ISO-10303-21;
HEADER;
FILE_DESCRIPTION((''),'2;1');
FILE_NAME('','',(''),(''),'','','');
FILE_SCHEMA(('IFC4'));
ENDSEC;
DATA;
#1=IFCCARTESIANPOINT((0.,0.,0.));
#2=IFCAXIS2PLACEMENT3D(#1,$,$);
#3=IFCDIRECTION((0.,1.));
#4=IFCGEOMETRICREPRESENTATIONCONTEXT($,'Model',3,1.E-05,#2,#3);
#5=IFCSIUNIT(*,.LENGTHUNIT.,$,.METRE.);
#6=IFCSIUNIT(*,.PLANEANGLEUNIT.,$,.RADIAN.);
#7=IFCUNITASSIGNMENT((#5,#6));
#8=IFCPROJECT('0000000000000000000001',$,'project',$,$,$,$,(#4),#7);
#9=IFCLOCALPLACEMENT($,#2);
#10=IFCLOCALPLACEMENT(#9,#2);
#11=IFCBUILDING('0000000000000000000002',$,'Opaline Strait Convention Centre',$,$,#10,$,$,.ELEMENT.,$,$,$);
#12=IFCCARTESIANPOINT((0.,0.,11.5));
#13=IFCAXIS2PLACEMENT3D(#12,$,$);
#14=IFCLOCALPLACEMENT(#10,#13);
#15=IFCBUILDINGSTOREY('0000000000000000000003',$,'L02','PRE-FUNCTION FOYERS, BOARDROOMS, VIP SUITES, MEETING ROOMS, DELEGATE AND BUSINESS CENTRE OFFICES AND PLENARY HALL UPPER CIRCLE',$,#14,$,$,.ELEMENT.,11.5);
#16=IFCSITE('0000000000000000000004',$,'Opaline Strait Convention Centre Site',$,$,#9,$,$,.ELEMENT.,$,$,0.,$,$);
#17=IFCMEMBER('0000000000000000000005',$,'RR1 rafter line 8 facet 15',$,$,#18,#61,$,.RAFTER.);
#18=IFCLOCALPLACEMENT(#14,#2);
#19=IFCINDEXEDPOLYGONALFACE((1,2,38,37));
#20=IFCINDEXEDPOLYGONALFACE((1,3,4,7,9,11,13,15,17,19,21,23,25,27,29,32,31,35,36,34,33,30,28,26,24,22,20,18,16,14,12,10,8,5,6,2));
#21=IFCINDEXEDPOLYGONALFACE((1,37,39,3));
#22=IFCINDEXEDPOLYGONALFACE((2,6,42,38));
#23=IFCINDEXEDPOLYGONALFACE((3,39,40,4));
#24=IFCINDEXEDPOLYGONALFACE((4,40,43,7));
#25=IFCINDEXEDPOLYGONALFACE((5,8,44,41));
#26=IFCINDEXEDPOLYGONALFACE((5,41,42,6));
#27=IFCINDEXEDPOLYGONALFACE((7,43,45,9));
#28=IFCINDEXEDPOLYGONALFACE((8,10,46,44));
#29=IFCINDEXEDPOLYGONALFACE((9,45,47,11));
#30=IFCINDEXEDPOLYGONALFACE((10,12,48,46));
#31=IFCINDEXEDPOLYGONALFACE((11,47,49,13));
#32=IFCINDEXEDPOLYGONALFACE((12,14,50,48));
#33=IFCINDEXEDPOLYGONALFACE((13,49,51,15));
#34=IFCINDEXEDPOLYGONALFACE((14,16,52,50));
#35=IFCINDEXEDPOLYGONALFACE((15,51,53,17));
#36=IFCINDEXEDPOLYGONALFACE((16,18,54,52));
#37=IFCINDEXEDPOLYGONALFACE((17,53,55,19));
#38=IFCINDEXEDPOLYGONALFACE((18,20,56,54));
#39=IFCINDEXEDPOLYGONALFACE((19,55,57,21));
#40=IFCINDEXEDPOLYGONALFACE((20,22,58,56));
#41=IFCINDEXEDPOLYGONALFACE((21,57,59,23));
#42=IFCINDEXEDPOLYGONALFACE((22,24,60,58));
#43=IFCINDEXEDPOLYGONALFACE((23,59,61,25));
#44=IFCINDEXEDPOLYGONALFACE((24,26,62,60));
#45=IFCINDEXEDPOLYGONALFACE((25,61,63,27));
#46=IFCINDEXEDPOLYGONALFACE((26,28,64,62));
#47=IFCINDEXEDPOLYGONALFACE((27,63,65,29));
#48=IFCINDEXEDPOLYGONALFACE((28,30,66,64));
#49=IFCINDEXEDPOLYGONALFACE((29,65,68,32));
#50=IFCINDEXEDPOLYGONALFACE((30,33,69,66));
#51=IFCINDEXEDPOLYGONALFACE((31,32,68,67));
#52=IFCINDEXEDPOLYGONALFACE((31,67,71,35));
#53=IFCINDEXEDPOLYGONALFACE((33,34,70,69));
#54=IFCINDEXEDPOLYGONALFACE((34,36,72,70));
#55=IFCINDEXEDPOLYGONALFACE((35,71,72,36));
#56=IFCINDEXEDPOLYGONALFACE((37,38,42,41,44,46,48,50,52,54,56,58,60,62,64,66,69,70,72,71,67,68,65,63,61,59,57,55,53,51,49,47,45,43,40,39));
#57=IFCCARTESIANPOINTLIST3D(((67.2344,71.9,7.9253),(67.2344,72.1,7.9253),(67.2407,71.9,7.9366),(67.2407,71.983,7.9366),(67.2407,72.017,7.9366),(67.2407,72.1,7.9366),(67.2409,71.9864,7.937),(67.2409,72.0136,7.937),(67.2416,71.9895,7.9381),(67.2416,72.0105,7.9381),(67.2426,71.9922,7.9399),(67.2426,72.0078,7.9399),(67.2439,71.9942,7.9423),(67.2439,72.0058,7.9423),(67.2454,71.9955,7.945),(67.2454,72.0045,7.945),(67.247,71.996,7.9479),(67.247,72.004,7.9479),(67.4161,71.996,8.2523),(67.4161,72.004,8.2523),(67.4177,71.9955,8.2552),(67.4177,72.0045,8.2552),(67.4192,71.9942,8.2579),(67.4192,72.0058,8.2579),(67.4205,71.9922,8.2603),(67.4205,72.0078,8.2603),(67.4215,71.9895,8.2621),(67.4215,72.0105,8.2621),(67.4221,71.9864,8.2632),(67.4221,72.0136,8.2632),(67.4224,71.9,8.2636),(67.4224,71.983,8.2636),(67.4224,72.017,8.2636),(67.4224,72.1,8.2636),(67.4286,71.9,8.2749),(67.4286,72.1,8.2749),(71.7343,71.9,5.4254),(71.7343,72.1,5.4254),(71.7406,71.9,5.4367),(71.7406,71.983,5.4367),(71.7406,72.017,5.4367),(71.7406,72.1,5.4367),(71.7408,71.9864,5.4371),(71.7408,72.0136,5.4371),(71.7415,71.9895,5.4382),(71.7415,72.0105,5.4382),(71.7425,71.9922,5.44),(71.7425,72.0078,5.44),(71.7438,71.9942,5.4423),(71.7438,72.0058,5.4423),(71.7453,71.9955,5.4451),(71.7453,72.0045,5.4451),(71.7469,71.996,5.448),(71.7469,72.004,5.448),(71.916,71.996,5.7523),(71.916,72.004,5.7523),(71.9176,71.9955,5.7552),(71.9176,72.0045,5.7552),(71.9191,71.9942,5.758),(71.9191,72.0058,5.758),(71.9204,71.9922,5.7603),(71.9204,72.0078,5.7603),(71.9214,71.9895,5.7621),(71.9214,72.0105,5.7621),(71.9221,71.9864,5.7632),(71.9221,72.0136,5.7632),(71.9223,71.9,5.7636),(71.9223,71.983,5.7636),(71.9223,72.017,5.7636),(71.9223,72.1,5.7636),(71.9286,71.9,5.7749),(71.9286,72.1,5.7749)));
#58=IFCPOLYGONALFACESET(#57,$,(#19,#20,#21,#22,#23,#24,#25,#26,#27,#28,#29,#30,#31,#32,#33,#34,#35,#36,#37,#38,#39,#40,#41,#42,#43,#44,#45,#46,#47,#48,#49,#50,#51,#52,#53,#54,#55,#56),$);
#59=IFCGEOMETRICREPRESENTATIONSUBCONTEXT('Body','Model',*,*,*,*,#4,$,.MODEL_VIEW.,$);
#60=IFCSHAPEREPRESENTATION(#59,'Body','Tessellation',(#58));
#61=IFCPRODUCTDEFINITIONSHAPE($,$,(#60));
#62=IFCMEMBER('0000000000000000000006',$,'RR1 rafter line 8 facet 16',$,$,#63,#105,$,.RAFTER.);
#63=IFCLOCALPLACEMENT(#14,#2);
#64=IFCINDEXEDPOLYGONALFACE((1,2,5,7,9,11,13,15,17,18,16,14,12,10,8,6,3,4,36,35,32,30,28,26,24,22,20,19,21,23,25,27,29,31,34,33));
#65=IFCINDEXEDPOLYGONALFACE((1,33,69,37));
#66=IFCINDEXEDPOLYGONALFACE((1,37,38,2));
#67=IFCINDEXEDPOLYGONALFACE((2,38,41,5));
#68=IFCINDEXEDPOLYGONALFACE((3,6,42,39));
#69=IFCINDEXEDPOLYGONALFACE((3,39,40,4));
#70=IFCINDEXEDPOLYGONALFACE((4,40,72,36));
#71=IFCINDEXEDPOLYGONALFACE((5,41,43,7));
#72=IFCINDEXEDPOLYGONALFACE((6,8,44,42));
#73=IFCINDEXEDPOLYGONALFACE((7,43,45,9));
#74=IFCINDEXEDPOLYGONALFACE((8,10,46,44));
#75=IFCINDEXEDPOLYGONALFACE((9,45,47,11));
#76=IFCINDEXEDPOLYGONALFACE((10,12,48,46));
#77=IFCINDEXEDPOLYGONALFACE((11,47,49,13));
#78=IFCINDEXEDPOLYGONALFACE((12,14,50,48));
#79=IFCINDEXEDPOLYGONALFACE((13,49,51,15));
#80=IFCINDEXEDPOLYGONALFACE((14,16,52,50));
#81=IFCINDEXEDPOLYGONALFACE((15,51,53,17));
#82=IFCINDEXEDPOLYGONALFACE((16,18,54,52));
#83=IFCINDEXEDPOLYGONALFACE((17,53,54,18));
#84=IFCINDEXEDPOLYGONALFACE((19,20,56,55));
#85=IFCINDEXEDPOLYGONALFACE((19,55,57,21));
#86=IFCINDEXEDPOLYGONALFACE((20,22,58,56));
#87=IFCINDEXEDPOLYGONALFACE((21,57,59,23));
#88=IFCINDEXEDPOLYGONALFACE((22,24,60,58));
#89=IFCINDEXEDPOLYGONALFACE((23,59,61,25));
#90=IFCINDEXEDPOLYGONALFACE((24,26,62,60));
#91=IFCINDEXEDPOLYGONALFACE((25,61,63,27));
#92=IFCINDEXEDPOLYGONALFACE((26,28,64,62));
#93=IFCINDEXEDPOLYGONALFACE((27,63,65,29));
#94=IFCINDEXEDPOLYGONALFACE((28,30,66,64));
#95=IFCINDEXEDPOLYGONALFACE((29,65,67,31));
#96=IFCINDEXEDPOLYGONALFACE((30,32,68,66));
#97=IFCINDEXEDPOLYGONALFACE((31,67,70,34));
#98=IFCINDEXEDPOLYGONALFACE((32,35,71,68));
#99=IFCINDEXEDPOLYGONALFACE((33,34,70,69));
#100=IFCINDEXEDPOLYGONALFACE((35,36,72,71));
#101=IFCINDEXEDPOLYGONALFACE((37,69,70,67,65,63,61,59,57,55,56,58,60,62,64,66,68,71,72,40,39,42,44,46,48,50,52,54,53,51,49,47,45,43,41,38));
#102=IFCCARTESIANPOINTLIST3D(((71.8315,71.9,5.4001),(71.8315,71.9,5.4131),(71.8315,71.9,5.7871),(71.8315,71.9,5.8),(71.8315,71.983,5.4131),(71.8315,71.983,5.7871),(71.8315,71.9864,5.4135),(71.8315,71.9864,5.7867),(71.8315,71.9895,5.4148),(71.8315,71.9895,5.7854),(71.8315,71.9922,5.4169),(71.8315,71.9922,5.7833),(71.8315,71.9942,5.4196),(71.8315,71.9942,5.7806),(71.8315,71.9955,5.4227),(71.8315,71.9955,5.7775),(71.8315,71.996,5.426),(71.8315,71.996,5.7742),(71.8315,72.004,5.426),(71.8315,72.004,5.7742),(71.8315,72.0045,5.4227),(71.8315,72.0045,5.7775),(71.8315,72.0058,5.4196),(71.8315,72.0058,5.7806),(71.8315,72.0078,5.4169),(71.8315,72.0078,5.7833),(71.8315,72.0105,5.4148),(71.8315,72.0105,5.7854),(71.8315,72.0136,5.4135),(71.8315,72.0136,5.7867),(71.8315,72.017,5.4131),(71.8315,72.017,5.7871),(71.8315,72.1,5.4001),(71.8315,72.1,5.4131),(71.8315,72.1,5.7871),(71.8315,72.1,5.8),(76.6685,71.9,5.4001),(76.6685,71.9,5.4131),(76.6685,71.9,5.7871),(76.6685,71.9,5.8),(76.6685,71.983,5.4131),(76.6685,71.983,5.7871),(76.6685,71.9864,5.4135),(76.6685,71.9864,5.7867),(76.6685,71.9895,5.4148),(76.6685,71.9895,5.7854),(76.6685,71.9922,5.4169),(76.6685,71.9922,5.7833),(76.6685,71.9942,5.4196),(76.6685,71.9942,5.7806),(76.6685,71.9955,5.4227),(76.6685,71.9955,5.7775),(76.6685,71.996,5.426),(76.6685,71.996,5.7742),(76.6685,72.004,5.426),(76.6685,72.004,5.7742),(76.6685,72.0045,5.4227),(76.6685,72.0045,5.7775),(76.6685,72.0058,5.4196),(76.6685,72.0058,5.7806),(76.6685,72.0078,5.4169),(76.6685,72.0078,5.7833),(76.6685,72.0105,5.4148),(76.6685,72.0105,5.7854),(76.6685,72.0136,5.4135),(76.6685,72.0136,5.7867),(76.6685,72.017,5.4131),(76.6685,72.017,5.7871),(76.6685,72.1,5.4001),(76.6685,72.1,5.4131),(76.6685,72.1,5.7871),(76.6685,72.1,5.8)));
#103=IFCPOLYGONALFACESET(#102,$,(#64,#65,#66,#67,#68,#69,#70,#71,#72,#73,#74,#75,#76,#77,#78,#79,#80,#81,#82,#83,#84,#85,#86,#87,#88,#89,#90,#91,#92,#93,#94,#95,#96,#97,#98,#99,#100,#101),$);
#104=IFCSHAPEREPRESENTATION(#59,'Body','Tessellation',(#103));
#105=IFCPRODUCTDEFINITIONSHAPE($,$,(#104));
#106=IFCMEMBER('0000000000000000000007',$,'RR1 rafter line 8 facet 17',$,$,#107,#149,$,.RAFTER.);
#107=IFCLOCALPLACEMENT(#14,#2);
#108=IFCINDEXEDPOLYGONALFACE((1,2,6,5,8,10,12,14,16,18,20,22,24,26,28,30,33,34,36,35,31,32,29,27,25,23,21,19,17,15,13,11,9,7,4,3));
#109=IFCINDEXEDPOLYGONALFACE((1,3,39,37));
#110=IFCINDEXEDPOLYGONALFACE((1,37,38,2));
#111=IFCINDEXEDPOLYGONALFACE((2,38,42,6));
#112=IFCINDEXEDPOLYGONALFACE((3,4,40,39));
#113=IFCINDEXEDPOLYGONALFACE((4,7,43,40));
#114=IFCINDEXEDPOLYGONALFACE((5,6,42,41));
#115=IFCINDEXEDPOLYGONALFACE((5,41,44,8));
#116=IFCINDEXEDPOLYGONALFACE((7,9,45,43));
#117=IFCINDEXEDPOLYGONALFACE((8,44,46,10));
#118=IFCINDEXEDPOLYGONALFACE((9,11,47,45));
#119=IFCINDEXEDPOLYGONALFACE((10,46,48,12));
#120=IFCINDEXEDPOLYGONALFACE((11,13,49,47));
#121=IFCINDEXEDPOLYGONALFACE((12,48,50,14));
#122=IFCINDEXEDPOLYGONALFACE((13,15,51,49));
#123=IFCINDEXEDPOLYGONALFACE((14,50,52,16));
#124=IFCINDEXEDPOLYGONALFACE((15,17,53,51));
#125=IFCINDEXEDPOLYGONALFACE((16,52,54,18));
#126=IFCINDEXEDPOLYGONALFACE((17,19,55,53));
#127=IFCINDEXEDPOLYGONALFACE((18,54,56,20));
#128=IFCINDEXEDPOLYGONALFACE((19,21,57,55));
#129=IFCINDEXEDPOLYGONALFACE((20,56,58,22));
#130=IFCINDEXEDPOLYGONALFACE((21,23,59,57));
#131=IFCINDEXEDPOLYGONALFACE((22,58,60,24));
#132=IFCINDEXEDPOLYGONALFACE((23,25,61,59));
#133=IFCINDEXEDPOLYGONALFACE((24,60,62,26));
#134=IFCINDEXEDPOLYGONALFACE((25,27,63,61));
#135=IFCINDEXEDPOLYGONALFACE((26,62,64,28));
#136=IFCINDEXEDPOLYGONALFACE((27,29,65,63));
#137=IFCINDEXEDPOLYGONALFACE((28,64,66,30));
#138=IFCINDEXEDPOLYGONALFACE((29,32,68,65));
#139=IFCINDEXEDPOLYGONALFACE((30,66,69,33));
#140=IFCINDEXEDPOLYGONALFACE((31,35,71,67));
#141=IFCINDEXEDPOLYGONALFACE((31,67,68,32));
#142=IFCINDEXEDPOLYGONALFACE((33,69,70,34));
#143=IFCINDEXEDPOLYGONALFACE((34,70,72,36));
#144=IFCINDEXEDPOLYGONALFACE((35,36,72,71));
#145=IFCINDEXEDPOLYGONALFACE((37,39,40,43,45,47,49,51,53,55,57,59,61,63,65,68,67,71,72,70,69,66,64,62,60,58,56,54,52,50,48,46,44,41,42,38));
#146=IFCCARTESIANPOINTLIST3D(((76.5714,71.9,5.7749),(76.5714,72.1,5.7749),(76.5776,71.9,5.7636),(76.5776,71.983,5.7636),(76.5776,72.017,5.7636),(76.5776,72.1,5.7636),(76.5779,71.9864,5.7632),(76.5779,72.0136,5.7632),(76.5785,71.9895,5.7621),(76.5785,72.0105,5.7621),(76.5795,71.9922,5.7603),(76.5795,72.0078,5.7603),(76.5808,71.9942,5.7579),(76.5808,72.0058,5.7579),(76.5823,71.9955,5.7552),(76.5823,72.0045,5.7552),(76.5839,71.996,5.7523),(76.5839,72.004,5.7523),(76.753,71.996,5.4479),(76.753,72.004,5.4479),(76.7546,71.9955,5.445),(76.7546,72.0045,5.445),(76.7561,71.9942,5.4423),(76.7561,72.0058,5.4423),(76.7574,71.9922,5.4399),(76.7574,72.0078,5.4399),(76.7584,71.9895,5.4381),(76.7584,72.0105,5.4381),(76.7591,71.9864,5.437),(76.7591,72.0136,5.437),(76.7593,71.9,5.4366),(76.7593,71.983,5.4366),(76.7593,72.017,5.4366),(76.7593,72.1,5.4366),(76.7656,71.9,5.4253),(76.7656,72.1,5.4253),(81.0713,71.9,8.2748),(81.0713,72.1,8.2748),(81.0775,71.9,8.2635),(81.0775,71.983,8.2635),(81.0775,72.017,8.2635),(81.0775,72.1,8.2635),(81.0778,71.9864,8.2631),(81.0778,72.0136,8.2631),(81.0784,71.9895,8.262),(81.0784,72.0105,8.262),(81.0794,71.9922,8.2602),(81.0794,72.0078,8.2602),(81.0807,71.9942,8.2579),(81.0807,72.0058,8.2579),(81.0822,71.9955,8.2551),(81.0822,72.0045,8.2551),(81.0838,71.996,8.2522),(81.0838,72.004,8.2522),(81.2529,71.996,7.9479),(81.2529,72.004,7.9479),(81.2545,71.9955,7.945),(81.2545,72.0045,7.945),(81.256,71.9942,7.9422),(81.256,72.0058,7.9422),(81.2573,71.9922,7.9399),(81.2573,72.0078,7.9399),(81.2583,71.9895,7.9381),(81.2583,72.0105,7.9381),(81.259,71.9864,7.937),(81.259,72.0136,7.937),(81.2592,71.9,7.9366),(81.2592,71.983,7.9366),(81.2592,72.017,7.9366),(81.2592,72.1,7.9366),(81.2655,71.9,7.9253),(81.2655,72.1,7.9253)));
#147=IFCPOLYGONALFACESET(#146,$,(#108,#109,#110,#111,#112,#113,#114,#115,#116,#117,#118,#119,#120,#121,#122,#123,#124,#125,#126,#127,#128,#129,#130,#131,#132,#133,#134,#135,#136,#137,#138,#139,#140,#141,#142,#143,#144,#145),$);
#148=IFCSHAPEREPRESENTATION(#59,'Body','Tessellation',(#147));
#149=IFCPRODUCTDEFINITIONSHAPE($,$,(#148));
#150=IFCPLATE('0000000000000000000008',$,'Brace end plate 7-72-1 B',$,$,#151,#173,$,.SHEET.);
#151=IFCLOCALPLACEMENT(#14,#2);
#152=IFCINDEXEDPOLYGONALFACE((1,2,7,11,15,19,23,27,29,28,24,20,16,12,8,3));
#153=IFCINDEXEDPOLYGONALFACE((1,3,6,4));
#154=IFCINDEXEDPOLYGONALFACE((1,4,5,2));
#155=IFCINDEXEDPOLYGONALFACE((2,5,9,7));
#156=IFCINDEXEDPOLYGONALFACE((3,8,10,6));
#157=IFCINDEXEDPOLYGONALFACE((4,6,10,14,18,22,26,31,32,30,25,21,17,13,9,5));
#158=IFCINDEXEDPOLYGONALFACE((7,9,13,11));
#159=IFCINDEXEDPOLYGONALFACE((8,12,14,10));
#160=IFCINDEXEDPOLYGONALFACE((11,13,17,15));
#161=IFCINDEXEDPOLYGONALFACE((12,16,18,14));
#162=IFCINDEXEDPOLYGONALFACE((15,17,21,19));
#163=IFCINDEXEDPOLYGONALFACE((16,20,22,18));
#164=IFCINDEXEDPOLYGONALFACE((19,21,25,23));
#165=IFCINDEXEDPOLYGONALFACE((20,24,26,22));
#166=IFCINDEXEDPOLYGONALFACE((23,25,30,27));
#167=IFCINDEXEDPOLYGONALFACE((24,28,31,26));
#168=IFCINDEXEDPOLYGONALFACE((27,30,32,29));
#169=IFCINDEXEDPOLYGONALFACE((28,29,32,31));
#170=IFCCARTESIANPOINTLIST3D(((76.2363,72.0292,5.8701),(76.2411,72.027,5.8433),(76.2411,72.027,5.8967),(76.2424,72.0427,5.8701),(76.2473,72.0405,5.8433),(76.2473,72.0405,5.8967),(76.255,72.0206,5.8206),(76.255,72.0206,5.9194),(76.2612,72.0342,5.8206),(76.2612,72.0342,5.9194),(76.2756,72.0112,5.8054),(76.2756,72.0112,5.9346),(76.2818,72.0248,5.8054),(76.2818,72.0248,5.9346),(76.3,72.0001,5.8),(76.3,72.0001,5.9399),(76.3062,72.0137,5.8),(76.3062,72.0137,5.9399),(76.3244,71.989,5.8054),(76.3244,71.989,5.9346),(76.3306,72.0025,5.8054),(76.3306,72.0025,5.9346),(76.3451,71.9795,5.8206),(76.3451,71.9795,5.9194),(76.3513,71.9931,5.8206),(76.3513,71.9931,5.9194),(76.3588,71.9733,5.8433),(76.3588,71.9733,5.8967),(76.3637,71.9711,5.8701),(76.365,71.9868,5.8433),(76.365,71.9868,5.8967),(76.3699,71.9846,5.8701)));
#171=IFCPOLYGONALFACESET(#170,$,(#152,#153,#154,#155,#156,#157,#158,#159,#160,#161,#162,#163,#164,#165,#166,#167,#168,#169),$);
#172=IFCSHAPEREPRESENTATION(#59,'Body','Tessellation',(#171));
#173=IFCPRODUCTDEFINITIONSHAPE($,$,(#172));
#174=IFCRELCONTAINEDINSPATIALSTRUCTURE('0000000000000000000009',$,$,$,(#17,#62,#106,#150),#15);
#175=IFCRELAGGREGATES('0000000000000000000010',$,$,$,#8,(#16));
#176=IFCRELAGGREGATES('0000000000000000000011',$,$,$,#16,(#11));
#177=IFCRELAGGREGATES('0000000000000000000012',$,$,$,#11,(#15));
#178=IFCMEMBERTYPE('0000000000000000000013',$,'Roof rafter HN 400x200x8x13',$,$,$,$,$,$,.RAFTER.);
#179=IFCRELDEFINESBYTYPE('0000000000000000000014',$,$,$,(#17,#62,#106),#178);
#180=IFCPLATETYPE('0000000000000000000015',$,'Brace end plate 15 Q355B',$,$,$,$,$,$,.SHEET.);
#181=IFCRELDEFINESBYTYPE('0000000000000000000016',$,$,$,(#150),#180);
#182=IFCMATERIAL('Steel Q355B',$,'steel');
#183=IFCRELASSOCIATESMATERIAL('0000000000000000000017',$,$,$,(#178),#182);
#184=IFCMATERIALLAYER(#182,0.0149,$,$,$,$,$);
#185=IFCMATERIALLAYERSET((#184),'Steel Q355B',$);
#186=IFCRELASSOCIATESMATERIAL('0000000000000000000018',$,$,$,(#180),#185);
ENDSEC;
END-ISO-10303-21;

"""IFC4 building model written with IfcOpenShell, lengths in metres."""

from ifc_helpers import new_model, si_unit, direction, frame, origin, origin_2d, place, context, subcontext, project, spatial, polyline, i_section, outline, extrude, material, layer, layer_set, material_profile, profile_set, type_object, element, save


model = new_model("IFC4")

# Units and contexts
model_context = context("Model", 3, precision=1e-05, world=origin(), true_north=direction((0.0, 1.0)))
body_context = subcontext(model_context, "Body", "Model", "MODEL_VIEW")
ifc_project = project(units=[si_unit("LENGTHUNIT", "METRE"), si_unit("PLANEANGLEUNIT", "RADIAN")], contexts=[model_context])

# Site, building, storey
site_placement = place(None, origin())
site = spatial("IfcSite", under=ifc_project, at=site_placement, Name="Opaline Strait Convention Centre Site", CompositionType="ELEMENT", RefElevation=0.0)
building_placement = place(site_placement, origin())
building = spatial("IfcBuilding", under=site, at=building_placement, Name="Opaline Strait Convention Centre", CompositionType="ELEMENT")
storey_placement = place(building_placement, frame((0.0, 0.0, 11.5)))
storey = spatial("IfcBuildingStorey", under=building, at=storey_placement, Name="L02", Description="PRE-FUNCTION FOYERS, BOARDROOMS, VIP SUITES, MEETING ROOMS, DELEGATE AND BUSINESS CENTRE OFFICES AND PLENARY HALL UPPER CIRCLE", CompositionType="ELEMENT", Elevation=11.5)

# Shared definitions
ifc_material_1 = material(Name="Steel Q355B", Category="steel")

# Members
ifc_material_profile_1 = material_profile(ifc_material_1, i_section(OverallWidth=0.2, OverallDepth=0.3999, WebThickness=0.0081, FlangeThickness=0.0129, FilletRadius=0.0129, at=origin_2d()), Name="HN 400x200x8x13")
ifc_profile_set_1 = profile_set([ifc_material_profile_1], Name="Steel Q355B")
member_type_1 = type_object("IfcMemberType", Name="Roof rafter HN 400x200x8x13", PredefinedType="RAFTER", material=ifc_profile_set_1)
member_1_placement = place(storey_placement, frame((67.3315, 72.0, 8.1001), z_axis=(0.874157, 0.0, -0.485643), x_axis=(0.0, 1.0, 0.0)))
element("IfcMember", 1, at=member_1_placement, inside=storey, type_object=member_type_1, Name="RR1 rafter line 8 facet 15", PredefinedType="RAFTER", context=body_context, shape_type="SweptSolid", body=[
    extrude(i_section(OverallWidth=0.2, OverallDepth=0.3999, WebThickness=0.0081, FlangeThickness=0.0129, FilletRadius=0.0129, at=origin_2d()), origin(), (0.0, 0.0, 1.0), 5.1477),
])
member_2_placement = place(storey_placement, frame((71.8315, 72.0, 5.6001), z_axis=(1.0, 0.0, 0.0), x_axis=(0.0, 1.0, 0.0)))
element("IfcMember", 2, at=member_2_placement, inside=storey, type_object=member_type_1, Name="RR1 rafter line 8 facet 16", PredefinedType="RAFTER", context=body_context, shape_type="SweptSolid", body=[
    extrude(i_section(OverallWidth=0.2, OverallDepth=0.3999, WebThickness=0.0081, FlangeThickness=0.0129, FilletRadius=0.0129, at=origin_2d()), origin(), (0.0, 0.0, 1.0), 4.8369),
])
member_3_placement = place(storey_placement, frame((76.6685, 72.0, 5.6001), z_axis=(0.874157, 0.0, 0.485643), x_axis=(0.0, 1.0, 0.0)))
element("IfcMember", 3, at=member_3_placement, inside=storey, type_object=member_type_1, Name="RR1 rafter line 8 facet 17", PredefinedType="RAFTER", context=body_context, shape_type="SweptSolid", body=[
    extrude(i_section(OverallWidth=0.2, OverallDepth=0.3999, WebThickness=0.0081, FlangeThickness=0.0129, FilletRadius=0.0129, at=origin_2d()), origin(), (0.0, 0.0, 1.0), 5.1477),
])

# Plate
ifc_layer_1 = layer(ifc_material_1, 0.0149)
ifc_layer_set_1 = layer_set([ifc_layer_1], Name="Steel Q355B")
plate_type = type_object("IfcPlateType", Name="Brace end plate 15 Q355B", PredefinedType="SHEET", material=ifc_layer_set_1)
plate_1_placement = place(storey_placement, frame((76.3699, 71.9846, 5.8701), z_axis=(0.414837, 0.909896, 0.0), x_axis=(-0.177911, 0.081112, -0.980698)))
element("IfcPlate", 4, at=plate_1_placement, inside=storey, type_object=plate_type, Name="Brace end plate 7-72-1 B", PredefinedType="SHEET", context=body_context, shape_type="SweptSolid", body=[
    extrude(outline(polyline([(0.0, 0.0), (0.0274, 0.0), (0.0526, 0.0103), (0.0719, 0.0297), (0.0824, 0.055), (0.0824, 0.0823), (0.072, 0.1074), (0.0527, 0.1269), (0.0274, 0.1374), (0.0002, 0.1373), (-0.025, 0.1268), (-0.0443, 0.1075), (-0.0548, 0.0823), (-0.0548, 0.0549), (-0.0444, 0.0297), (-0.0251, 0.0105), (0.0, 0.0)])), origin(), (0.0, 0.0, -1.0), 0.0149),
])

save(model, "model.ifc")
